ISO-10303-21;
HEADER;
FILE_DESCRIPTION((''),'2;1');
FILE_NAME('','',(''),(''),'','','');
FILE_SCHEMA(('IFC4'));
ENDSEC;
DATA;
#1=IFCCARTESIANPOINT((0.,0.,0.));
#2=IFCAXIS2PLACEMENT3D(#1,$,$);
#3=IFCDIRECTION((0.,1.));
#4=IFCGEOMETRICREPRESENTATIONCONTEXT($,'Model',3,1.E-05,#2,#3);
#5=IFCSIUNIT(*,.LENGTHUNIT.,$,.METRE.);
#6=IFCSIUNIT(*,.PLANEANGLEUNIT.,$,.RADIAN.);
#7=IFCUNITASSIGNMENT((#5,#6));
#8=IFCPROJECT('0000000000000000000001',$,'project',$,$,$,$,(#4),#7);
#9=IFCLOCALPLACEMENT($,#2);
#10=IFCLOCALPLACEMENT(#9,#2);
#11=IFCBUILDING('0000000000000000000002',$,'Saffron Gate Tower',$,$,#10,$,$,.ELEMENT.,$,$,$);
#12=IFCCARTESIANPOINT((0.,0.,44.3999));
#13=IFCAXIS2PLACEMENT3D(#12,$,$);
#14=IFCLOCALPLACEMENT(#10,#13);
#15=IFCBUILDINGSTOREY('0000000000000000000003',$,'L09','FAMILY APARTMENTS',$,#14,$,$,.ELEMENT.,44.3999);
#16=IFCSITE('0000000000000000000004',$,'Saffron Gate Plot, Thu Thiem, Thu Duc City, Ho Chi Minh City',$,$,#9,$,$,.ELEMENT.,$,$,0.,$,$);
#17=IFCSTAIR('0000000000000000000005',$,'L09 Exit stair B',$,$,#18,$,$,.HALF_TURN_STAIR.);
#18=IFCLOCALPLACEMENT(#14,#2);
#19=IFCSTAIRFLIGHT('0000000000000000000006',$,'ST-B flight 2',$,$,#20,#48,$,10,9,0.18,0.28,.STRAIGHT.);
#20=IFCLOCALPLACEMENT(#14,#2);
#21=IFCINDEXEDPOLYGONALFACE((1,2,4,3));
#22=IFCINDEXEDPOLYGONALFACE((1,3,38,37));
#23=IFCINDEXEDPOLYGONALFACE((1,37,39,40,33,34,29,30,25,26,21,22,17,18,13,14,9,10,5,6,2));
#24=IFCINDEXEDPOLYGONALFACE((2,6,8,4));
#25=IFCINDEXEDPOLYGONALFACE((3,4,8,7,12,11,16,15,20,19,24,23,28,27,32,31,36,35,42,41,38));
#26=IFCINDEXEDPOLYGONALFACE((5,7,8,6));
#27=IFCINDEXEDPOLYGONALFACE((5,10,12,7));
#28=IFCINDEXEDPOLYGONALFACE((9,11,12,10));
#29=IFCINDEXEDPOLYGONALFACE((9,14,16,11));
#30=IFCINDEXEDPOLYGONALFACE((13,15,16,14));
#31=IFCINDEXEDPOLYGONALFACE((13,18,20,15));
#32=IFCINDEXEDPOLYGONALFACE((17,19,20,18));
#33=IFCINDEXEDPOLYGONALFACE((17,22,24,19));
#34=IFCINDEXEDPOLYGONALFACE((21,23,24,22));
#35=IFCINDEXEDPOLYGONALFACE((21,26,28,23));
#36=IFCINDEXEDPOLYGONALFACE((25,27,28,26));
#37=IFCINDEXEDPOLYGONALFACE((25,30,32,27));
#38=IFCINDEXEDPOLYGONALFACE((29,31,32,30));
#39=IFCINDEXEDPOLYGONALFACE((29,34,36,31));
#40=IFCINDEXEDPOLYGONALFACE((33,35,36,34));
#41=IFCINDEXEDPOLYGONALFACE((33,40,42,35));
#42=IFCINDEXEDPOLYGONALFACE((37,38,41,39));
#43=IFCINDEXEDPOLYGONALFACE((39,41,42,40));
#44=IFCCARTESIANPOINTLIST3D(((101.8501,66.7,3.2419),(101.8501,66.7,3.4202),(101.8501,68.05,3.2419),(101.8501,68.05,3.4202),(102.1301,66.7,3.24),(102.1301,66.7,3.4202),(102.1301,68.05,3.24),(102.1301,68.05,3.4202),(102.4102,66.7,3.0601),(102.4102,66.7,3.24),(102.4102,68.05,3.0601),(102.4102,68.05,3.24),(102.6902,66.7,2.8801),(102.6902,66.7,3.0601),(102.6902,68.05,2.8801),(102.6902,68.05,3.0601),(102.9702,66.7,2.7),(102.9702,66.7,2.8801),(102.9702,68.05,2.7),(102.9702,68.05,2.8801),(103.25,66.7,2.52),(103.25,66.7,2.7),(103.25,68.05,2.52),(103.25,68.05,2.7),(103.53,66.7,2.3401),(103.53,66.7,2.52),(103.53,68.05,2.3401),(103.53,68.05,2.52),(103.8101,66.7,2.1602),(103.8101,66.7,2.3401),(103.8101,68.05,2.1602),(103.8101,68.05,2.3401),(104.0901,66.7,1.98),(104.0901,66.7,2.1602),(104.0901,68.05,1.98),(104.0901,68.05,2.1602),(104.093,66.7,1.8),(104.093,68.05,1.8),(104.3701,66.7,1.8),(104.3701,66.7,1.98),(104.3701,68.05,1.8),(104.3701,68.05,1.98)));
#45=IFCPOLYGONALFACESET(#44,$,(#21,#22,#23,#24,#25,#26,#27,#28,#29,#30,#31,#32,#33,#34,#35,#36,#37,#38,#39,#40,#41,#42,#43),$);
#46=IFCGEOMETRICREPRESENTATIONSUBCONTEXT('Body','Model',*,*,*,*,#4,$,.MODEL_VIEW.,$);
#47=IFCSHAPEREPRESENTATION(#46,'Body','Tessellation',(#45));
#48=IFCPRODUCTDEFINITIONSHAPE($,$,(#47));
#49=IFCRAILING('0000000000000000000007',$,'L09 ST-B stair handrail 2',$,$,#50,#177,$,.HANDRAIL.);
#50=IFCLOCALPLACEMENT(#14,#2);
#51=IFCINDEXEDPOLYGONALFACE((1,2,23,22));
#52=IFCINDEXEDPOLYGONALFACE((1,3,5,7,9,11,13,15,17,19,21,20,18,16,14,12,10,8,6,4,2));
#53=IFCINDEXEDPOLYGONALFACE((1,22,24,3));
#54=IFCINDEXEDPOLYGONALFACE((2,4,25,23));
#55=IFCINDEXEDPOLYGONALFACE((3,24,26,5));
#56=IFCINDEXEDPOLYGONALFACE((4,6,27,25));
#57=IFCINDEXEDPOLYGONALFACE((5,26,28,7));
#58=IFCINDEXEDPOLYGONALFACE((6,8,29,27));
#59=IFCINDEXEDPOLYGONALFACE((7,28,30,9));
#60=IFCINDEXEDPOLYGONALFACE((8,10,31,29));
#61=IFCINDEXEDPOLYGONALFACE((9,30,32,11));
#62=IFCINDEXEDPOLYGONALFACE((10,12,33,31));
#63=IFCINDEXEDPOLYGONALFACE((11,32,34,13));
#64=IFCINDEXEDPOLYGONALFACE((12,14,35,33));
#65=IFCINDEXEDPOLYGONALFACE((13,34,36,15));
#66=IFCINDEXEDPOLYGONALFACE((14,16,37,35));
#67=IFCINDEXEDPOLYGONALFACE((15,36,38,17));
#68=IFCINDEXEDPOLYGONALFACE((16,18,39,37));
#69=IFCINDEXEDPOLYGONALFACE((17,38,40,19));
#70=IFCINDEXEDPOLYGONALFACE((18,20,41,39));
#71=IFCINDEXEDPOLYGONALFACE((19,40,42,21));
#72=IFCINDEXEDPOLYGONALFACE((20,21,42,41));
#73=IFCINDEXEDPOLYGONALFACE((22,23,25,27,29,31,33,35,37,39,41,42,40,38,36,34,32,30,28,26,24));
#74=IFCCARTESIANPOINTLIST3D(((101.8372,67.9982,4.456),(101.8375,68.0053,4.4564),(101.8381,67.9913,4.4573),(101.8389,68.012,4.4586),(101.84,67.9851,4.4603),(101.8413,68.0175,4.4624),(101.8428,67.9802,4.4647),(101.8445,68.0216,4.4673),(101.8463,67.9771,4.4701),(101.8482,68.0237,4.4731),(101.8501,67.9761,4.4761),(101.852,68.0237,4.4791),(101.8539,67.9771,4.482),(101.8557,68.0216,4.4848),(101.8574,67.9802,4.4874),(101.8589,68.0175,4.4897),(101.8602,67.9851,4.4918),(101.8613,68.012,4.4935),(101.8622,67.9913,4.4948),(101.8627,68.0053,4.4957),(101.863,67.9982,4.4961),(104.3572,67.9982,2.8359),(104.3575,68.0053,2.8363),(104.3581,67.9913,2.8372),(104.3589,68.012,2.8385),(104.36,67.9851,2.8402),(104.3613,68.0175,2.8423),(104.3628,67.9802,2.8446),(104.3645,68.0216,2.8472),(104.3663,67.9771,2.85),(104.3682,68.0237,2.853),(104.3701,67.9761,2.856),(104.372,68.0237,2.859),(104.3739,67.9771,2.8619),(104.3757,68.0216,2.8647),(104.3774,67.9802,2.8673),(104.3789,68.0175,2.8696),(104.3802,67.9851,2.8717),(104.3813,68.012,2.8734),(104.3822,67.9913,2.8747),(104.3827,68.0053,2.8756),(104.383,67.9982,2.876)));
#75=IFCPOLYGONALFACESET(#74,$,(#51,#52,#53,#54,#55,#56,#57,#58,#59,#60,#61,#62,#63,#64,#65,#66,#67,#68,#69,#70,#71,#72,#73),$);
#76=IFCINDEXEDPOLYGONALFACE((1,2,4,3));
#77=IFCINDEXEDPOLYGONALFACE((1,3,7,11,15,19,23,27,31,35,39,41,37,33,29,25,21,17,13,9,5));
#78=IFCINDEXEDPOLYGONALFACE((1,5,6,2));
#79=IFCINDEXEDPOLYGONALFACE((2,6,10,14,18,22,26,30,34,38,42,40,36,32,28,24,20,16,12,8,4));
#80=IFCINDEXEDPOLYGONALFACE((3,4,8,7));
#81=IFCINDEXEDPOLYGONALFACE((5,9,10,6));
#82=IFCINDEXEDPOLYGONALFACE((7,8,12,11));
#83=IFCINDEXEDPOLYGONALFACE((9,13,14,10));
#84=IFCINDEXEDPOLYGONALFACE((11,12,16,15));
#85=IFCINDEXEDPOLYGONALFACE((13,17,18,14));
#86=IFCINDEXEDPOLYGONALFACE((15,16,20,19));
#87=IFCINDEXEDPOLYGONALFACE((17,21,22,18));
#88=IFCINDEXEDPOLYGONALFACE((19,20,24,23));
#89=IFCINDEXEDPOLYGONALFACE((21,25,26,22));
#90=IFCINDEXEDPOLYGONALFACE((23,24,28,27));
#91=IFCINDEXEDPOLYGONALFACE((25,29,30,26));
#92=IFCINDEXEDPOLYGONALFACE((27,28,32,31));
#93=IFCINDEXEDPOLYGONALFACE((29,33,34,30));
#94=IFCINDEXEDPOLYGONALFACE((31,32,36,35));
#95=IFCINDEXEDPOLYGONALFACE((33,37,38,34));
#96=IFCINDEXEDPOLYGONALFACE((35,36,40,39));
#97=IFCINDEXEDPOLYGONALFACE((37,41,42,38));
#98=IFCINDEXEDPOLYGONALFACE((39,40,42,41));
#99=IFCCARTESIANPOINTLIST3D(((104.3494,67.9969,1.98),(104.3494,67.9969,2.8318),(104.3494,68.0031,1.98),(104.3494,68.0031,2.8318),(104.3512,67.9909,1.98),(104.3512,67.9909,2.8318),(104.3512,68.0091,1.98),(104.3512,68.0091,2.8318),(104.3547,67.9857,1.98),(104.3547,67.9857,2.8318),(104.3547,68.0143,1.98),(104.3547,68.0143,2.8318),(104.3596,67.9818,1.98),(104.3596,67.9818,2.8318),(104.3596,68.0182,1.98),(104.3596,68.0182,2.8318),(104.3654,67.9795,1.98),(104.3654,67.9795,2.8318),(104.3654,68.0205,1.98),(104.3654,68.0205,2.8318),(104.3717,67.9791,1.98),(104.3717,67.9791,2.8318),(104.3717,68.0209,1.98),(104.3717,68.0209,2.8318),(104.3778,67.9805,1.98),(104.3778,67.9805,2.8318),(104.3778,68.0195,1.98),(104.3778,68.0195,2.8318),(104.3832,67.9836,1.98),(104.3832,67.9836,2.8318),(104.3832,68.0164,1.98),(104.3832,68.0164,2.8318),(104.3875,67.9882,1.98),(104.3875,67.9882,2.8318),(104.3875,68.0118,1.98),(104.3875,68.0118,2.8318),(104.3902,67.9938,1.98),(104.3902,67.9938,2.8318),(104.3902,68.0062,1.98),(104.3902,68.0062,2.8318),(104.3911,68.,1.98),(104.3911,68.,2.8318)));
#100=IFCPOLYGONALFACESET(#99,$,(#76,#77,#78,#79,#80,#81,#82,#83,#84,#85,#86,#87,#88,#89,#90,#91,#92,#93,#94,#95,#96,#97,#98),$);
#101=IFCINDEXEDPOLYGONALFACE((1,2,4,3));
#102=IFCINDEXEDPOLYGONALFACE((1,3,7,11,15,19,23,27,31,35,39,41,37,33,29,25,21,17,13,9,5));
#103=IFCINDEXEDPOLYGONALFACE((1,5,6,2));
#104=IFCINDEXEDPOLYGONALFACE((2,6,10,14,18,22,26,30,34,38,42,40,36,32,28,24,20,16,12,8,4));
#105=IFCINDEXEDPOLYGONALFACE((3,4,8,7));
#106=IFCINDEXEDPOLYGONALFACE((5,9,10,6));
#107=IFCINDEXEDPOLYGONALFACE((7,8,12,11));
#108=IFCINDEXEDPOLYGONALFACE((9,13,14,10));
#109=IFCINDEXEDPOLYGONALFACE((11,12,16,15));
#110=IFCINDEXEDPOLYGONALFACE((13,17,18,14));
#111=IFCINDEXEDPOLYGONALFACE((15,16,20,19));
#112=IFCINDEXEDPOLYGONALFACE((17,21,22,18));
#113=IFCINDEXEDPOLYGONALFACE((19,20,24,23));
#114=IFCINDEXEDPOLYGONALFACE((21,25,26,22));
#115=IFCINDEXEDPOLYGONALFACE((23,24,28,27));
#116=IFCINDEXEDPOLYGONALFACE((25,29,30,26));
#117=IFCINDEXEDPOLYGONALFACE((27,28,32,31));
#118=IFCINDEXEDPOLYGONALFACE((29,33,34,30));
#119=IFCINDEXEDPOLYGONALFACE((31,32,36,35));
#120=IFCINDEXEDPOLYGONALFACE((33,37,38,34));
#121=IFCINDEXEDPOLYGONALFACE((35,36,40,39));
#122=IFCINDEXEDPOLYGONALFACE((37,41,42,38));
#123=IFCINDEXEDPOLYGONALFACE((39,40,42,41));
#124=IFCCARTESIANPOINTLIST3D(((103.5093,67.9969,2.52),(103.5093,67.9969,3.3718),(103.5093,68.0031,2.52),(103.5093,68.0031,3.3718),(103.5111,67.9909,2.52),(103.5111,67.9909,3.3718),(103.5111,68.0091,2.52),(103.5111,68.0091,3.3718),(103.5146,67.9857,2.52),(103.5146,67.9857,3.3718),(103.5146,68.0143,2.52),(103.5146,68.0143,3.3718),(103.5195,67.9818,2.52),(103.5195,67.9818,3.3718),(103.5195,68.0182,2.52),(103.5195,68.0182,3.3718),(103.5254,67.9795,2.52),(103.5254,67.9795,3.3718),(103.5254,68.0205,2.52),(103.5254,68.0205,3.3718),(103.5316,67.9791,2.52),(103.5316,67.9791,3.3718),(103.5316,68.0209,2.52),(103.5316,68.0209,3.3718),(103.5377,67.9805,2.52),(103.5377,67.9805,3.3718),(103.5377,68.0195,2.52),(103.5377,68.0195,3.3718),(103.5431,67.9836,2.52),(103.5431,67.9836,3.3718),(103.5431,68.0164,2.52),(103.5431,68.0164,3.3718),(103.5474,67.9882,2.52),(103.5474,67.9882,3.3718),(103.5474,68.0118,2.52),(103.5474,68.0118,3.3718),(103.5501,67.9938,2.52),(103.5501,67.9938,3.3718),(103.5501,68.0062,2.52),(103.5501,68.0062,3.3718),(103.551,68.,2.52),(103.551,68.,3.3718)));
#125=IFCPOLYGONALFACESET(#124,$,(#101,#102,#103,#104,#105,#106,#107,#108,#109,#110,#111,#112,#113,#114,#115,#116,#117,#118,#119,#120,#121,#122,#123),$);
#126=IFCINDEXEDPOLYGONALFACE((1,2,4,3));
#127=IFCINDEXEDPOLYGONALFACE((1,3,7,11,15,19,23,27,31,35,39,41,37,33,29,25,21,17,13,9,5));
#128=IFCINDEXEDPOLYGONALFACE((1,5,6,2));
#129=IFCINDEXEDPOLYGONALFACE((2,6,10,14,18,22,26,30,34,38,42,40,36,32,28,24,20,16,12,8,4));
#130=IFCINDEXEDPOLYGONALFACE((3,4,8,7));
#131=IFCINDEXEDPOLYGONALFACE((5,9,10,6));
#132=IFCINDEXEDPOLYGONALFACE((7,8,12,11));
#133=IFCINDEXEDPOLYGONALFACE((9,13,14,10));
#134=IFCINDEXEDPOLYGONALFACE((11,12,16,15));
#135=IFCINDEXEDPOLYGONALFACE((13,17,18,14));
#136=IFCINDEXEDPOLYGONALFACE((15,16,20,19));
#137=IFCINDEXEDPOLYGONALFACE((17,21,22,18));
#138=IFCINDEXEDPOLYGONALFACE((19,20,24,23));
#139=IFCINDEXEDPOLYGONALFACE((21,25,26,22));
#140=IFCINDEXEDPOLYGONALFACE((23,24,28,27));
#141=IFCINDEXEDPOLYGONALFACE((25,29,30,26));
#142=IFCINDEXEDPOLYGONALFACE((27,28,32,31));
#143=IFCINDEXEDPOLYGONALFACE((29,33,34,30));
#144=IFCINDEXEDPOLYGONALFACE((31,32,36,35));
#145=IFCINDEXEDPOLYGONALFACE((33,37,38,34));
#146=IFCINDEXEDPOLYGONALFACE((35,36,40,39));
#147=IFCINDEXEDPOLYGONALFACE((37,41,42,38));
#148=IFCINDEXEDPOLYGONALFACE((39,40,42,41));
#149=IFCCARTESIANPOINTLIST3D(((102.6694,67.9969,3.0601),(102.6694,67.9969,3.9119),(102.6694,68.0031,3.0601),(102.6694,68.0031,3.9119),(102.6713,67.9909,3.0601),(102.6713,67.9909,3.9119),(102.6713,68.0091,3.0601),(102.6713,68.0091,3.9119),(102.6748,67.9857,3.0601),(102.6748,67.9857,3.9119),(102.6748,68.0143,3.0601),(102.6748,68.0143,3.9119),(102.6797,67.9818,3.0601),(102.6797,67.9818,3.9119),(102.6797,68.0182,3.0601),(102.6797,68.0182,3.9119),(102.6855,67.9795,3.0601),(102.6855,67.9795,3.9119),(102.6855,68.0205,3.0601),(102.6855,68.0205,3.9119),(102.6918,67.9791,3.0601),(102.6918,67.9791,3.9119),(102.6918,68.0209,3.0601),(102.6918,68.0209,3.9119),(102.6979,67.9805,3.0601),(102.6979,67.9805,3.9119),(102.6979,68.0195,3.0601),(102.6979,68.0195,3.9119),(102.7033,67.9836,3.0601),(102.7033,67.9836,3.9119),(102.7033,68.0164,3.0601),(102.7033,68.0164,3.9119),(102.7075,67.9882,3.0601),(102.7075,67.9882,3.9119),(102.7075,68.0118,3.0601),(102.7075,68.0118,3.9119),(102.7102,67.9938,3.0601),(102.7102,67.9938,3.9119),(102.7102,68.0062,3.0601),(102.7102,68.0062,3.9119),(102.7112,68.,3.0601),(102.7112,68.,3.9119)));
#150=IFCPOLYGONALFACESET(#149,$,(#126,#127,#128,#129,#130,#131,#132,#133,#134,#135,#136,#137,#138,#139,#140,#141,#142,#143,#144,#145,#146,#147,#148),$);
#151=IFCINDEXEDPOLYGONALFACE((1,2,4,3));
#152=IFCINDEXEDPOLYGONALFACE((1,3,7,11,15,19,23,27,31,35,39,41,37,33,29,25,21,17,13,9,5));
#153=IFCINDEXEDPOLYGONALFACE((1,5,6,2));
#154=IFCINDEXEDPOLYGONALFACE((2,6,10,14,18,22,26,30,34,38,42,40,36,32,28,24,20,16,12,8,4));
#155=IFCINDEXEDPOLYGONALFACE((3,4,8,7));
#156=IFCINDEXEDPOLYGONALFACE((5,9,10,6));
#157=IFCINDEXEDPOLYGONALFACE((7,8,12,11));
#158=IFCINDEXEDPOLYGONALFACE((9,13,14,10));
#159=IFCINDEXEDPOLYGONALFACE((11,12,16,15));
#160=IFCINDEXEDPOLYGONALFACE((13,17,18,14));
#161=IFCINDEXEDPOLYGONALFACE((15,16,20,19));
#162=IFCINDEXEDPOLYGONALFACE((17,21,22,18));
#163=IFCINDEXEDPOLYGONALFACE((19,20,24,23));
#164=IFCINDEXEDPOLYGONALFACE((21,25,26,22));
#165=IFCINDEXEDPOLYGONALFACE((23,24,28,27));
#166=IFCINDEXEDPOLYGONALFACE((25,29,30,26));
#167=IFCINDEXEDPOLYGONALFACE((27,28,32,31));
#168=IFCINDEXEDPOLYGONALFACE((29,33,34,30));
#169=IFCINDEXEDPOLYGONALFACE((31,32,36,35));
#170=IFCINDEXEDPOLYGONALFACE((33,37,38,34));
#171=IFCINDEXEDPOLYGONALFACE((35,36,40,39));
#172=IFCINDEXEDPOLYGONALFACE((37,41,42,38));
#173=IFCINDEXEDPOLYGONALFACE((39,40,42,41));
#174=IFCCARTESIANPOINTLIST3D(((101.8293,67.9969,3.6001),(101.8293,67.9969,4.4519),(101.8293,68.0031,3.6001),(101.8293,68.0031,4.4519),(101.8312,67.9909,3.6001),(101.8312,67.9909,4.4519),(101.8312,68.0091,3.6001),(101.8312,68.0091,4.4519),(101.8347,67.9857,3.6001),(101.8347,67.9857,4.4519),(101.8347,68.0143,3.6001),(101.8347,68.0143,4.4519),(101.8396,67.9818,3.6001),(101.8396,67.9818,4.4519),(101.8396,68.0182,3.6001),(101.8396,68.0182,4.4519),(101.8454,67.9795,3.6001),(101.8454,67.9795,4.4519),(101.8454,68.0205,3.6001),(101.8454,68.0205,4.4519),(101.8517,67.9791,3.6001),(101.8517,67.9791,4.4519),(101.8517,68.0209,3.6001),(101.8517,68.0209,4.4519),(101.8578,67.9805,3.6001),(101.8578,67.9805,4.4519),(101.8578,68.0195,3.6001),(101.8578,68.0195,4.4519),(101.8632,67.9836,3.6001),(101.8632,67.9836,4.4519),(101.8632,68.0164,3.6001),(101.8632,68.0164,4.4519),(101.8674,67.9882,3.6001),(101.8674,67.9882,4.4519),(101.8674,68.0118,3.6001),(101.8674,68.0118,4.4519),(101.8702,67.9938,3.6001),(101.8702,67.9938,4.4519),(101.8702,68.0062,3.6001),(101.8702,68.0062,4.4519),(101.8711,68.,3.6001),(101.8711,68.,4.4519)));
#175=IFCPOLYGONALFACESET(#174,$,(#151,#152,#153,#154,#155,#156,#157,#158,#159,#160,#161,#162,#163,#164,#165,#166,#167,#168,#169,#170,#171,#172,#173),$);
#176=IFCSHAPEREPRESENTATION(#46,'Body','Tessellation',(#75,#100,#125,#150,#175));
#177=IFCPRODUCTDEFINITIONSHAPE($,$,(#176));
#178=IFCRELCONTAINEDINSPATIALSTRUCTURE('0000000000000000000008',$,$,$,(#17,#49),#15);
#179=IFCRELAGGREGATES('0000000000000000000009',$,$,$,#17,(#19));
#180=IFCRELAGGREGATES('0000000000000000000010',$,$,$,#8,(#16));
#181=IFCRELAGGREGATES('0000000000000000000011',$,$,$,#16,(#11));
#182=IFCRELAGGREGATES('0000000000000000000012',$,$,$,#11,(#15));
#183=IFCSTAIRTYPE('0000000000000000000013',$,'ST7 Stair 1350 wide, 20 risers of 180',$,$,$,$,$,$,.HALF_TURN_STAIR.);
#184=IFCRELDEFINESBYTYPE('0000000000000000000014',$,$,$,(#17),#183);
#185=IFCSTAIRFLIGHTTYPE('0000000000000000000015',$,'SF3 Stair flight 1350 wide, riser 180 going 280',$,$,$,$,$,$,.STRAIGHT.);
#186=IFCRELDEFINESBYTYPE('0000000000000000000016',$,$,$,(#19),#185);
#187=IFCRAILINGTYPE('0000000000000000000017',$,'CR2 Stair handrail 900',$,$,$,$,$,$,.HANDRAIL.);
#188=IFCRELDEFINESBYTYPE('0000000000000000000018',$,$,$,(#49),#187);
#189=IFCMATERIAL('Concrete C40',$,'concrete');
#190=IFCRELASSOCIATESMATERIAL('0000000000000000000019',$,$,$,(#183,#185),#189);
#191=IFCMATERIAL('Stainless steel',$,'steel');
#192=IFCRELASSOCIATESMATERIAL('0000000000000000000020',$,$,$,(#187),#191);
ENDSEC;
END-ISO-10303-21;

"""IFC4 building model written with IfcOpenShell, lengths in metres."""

from ifc_helpers import new_model, si_unit, direction, frame, origin, origin_2d, place, context, subcontext, project, spatial, polyline, circle, outline, extrude, material, type_object, element, aggregate, save


model = new_model("IFC4")

# Units and contexts
model_context = context("Model", 3, precision=1e-05, world=origin(), true_north=direction((0.0, 1.0)))
body_context = subcontext(model_context, "Body", "Model", "MODEL_VIEW")
ifc_project = project(units=[si_unit("LENGTHUNIT", "METRE"), si_unit("PLANEANGLEUNIT", "RADIAN")], contexts=[model_context])

# Site, building, storey
site_placement = place(None, origin())
site = spatial("IfcSite", under=ifc_project, at=site_placement, Name="Saffron Gate Plot, Thu Thiem, Thu Duc City, Ho Chi Minh City", CompositionType="ELEMENT", RefElevation=0.0)
building_placement = place(site_placement, origin())
building = spatial("IfcBuilding", under=site, at=building_placement, Name="Saffron Gate Tower", CompositionType="ELEMENT")
storey_placement = place(building_placement, frame((0.0, 0.0, 44.3999)))
storey = spatial("IfcBuildingStorey", under=building, at=storey_placement, Name="L09", Description="FAMILY APARTMENTS", CompositionType="ELEMENT", Elevation=44.3999)

# Stair, stair flight
ifc_material_1 = material(Name="Concrete C40", Category="concrete")
stair_type = type_object("IfcStairType", Name="ST7 Stair 1350 wide, 20 risers of 180", PredefinedType="HALF_TURN_STAIR", material=ifc_material_1)
stair_placement = place(storey_placement, origin())
stair = element("IfcStair", 1, at=stair_placement, inside=storey, type_object=stair_type, Name="L09 Exit stair B", PredefinedType="HALF_TURN_STAIR")
stair_flight_type = type_object("IfcStairFlightType", Name="SF3 Stair flight 1350 wide, riser 180 going 280", PredefinedType="STRAIGHT", material=ifc_material_1)
stair_flight_1_placement = place(storey_placement, frame((104.3701, 67.375, 1.8), z_axis=(0.0, 0.0, 1.0), x_axis=(-1.0, 0.0, 0.0)))
stair_flight_1 = element("IfcStairFlight", 2, at=stair_flight_1_placement, type_object=stair_flight_type, Name="ST-B flight 2", NumberOfRisers=10, NumberOfTreads=9, PredefinedType="STRAIGHT", RiserHeight=0.18, TreadLength=0.28, context=body_context, shape_type="SweptSolid", body=[
    extrude(outline(polyline([(0.0, 0.0), (0.0, 0.1799), (0.28, 0.1799), (0.28, 0.3601), (0.5601, 0.3601), (0.5601, 0.54), (0.8401, 0.54), (0.8401, 0.72), (1.1201, 0.72), (1.1201, 0.8999), (1.3999, 0.8999), (1.3999, 1.0801), (1.6799, 1.0801), (1.6799, 1.26), (1.96, 1.26), (1.96, 1.4399), (2.24, 1.4399), (2.24, 1.6201), (2.52, 1.6201), (2.52, 1.8), (2.52, 1.4419), (0.2771, 0.0), (0.0, 0.0)])), frame((0.0, 0.675, 0.0), z_axis=(0.0, -1.0, 0.0), x_axis=(1.0, 0.0, 0.0)), (0.0, 0.0, 1.0), 1.3501),
])
aggregate(stair, [stair_flight_1])

# Railing
ifc_material_2 = material(Name="Stainless steel", Category="steel")
railing_type = type_object("IfcRailingType", Name="CR2 Stair handrail 900", PredefinedType="HANDRAIL", material=ifc_material_2)
railing_placement = place(storey_placement, frame((104.3701, 68.0, 1.98)))
element("IfcRailing", 3, at=railing_placement, inside=storey, type_object=railing_type, Name="L09 ST-B stair handrail 2", PredefinedType="HANDRAIL", context=body_context, shape_type="SweptSolid", body=[
    extrude(circle(Radius=0.0239, at=origin_2d()), frame((0.0, 0.0, 0.876), z_axis=(-0.841163, 0.0, 0.540782), x_axis=(0.0, -1.0, 0.0)), (0.0, 0.0, 1.0), 2.9958),
    extrude(circle(Radius=0.021, at=origin_2d()), origin(), (0.0, 0.0, 1.0), 0.8518),
    extrude(circle(Radius=0.021, at=origin_2d()), frame((-0.8401, 0.0, 0.54)), (0.0, 0.0, 1.0), 0.8518),
    extrude(circle(Radius=0.021, at=origin_2d()), frame((-1.6799, 0.0, 1.0801)), (0.0, 0.0, 1.0), 0.8518),
    extrude(circle(Radius=0.021, at=origin_2d()), frame((-2.52, 0.0, 1.6201)), (0.0, 0.0, 1.0), 0.8518),
])

save(model, "model.ifc")
